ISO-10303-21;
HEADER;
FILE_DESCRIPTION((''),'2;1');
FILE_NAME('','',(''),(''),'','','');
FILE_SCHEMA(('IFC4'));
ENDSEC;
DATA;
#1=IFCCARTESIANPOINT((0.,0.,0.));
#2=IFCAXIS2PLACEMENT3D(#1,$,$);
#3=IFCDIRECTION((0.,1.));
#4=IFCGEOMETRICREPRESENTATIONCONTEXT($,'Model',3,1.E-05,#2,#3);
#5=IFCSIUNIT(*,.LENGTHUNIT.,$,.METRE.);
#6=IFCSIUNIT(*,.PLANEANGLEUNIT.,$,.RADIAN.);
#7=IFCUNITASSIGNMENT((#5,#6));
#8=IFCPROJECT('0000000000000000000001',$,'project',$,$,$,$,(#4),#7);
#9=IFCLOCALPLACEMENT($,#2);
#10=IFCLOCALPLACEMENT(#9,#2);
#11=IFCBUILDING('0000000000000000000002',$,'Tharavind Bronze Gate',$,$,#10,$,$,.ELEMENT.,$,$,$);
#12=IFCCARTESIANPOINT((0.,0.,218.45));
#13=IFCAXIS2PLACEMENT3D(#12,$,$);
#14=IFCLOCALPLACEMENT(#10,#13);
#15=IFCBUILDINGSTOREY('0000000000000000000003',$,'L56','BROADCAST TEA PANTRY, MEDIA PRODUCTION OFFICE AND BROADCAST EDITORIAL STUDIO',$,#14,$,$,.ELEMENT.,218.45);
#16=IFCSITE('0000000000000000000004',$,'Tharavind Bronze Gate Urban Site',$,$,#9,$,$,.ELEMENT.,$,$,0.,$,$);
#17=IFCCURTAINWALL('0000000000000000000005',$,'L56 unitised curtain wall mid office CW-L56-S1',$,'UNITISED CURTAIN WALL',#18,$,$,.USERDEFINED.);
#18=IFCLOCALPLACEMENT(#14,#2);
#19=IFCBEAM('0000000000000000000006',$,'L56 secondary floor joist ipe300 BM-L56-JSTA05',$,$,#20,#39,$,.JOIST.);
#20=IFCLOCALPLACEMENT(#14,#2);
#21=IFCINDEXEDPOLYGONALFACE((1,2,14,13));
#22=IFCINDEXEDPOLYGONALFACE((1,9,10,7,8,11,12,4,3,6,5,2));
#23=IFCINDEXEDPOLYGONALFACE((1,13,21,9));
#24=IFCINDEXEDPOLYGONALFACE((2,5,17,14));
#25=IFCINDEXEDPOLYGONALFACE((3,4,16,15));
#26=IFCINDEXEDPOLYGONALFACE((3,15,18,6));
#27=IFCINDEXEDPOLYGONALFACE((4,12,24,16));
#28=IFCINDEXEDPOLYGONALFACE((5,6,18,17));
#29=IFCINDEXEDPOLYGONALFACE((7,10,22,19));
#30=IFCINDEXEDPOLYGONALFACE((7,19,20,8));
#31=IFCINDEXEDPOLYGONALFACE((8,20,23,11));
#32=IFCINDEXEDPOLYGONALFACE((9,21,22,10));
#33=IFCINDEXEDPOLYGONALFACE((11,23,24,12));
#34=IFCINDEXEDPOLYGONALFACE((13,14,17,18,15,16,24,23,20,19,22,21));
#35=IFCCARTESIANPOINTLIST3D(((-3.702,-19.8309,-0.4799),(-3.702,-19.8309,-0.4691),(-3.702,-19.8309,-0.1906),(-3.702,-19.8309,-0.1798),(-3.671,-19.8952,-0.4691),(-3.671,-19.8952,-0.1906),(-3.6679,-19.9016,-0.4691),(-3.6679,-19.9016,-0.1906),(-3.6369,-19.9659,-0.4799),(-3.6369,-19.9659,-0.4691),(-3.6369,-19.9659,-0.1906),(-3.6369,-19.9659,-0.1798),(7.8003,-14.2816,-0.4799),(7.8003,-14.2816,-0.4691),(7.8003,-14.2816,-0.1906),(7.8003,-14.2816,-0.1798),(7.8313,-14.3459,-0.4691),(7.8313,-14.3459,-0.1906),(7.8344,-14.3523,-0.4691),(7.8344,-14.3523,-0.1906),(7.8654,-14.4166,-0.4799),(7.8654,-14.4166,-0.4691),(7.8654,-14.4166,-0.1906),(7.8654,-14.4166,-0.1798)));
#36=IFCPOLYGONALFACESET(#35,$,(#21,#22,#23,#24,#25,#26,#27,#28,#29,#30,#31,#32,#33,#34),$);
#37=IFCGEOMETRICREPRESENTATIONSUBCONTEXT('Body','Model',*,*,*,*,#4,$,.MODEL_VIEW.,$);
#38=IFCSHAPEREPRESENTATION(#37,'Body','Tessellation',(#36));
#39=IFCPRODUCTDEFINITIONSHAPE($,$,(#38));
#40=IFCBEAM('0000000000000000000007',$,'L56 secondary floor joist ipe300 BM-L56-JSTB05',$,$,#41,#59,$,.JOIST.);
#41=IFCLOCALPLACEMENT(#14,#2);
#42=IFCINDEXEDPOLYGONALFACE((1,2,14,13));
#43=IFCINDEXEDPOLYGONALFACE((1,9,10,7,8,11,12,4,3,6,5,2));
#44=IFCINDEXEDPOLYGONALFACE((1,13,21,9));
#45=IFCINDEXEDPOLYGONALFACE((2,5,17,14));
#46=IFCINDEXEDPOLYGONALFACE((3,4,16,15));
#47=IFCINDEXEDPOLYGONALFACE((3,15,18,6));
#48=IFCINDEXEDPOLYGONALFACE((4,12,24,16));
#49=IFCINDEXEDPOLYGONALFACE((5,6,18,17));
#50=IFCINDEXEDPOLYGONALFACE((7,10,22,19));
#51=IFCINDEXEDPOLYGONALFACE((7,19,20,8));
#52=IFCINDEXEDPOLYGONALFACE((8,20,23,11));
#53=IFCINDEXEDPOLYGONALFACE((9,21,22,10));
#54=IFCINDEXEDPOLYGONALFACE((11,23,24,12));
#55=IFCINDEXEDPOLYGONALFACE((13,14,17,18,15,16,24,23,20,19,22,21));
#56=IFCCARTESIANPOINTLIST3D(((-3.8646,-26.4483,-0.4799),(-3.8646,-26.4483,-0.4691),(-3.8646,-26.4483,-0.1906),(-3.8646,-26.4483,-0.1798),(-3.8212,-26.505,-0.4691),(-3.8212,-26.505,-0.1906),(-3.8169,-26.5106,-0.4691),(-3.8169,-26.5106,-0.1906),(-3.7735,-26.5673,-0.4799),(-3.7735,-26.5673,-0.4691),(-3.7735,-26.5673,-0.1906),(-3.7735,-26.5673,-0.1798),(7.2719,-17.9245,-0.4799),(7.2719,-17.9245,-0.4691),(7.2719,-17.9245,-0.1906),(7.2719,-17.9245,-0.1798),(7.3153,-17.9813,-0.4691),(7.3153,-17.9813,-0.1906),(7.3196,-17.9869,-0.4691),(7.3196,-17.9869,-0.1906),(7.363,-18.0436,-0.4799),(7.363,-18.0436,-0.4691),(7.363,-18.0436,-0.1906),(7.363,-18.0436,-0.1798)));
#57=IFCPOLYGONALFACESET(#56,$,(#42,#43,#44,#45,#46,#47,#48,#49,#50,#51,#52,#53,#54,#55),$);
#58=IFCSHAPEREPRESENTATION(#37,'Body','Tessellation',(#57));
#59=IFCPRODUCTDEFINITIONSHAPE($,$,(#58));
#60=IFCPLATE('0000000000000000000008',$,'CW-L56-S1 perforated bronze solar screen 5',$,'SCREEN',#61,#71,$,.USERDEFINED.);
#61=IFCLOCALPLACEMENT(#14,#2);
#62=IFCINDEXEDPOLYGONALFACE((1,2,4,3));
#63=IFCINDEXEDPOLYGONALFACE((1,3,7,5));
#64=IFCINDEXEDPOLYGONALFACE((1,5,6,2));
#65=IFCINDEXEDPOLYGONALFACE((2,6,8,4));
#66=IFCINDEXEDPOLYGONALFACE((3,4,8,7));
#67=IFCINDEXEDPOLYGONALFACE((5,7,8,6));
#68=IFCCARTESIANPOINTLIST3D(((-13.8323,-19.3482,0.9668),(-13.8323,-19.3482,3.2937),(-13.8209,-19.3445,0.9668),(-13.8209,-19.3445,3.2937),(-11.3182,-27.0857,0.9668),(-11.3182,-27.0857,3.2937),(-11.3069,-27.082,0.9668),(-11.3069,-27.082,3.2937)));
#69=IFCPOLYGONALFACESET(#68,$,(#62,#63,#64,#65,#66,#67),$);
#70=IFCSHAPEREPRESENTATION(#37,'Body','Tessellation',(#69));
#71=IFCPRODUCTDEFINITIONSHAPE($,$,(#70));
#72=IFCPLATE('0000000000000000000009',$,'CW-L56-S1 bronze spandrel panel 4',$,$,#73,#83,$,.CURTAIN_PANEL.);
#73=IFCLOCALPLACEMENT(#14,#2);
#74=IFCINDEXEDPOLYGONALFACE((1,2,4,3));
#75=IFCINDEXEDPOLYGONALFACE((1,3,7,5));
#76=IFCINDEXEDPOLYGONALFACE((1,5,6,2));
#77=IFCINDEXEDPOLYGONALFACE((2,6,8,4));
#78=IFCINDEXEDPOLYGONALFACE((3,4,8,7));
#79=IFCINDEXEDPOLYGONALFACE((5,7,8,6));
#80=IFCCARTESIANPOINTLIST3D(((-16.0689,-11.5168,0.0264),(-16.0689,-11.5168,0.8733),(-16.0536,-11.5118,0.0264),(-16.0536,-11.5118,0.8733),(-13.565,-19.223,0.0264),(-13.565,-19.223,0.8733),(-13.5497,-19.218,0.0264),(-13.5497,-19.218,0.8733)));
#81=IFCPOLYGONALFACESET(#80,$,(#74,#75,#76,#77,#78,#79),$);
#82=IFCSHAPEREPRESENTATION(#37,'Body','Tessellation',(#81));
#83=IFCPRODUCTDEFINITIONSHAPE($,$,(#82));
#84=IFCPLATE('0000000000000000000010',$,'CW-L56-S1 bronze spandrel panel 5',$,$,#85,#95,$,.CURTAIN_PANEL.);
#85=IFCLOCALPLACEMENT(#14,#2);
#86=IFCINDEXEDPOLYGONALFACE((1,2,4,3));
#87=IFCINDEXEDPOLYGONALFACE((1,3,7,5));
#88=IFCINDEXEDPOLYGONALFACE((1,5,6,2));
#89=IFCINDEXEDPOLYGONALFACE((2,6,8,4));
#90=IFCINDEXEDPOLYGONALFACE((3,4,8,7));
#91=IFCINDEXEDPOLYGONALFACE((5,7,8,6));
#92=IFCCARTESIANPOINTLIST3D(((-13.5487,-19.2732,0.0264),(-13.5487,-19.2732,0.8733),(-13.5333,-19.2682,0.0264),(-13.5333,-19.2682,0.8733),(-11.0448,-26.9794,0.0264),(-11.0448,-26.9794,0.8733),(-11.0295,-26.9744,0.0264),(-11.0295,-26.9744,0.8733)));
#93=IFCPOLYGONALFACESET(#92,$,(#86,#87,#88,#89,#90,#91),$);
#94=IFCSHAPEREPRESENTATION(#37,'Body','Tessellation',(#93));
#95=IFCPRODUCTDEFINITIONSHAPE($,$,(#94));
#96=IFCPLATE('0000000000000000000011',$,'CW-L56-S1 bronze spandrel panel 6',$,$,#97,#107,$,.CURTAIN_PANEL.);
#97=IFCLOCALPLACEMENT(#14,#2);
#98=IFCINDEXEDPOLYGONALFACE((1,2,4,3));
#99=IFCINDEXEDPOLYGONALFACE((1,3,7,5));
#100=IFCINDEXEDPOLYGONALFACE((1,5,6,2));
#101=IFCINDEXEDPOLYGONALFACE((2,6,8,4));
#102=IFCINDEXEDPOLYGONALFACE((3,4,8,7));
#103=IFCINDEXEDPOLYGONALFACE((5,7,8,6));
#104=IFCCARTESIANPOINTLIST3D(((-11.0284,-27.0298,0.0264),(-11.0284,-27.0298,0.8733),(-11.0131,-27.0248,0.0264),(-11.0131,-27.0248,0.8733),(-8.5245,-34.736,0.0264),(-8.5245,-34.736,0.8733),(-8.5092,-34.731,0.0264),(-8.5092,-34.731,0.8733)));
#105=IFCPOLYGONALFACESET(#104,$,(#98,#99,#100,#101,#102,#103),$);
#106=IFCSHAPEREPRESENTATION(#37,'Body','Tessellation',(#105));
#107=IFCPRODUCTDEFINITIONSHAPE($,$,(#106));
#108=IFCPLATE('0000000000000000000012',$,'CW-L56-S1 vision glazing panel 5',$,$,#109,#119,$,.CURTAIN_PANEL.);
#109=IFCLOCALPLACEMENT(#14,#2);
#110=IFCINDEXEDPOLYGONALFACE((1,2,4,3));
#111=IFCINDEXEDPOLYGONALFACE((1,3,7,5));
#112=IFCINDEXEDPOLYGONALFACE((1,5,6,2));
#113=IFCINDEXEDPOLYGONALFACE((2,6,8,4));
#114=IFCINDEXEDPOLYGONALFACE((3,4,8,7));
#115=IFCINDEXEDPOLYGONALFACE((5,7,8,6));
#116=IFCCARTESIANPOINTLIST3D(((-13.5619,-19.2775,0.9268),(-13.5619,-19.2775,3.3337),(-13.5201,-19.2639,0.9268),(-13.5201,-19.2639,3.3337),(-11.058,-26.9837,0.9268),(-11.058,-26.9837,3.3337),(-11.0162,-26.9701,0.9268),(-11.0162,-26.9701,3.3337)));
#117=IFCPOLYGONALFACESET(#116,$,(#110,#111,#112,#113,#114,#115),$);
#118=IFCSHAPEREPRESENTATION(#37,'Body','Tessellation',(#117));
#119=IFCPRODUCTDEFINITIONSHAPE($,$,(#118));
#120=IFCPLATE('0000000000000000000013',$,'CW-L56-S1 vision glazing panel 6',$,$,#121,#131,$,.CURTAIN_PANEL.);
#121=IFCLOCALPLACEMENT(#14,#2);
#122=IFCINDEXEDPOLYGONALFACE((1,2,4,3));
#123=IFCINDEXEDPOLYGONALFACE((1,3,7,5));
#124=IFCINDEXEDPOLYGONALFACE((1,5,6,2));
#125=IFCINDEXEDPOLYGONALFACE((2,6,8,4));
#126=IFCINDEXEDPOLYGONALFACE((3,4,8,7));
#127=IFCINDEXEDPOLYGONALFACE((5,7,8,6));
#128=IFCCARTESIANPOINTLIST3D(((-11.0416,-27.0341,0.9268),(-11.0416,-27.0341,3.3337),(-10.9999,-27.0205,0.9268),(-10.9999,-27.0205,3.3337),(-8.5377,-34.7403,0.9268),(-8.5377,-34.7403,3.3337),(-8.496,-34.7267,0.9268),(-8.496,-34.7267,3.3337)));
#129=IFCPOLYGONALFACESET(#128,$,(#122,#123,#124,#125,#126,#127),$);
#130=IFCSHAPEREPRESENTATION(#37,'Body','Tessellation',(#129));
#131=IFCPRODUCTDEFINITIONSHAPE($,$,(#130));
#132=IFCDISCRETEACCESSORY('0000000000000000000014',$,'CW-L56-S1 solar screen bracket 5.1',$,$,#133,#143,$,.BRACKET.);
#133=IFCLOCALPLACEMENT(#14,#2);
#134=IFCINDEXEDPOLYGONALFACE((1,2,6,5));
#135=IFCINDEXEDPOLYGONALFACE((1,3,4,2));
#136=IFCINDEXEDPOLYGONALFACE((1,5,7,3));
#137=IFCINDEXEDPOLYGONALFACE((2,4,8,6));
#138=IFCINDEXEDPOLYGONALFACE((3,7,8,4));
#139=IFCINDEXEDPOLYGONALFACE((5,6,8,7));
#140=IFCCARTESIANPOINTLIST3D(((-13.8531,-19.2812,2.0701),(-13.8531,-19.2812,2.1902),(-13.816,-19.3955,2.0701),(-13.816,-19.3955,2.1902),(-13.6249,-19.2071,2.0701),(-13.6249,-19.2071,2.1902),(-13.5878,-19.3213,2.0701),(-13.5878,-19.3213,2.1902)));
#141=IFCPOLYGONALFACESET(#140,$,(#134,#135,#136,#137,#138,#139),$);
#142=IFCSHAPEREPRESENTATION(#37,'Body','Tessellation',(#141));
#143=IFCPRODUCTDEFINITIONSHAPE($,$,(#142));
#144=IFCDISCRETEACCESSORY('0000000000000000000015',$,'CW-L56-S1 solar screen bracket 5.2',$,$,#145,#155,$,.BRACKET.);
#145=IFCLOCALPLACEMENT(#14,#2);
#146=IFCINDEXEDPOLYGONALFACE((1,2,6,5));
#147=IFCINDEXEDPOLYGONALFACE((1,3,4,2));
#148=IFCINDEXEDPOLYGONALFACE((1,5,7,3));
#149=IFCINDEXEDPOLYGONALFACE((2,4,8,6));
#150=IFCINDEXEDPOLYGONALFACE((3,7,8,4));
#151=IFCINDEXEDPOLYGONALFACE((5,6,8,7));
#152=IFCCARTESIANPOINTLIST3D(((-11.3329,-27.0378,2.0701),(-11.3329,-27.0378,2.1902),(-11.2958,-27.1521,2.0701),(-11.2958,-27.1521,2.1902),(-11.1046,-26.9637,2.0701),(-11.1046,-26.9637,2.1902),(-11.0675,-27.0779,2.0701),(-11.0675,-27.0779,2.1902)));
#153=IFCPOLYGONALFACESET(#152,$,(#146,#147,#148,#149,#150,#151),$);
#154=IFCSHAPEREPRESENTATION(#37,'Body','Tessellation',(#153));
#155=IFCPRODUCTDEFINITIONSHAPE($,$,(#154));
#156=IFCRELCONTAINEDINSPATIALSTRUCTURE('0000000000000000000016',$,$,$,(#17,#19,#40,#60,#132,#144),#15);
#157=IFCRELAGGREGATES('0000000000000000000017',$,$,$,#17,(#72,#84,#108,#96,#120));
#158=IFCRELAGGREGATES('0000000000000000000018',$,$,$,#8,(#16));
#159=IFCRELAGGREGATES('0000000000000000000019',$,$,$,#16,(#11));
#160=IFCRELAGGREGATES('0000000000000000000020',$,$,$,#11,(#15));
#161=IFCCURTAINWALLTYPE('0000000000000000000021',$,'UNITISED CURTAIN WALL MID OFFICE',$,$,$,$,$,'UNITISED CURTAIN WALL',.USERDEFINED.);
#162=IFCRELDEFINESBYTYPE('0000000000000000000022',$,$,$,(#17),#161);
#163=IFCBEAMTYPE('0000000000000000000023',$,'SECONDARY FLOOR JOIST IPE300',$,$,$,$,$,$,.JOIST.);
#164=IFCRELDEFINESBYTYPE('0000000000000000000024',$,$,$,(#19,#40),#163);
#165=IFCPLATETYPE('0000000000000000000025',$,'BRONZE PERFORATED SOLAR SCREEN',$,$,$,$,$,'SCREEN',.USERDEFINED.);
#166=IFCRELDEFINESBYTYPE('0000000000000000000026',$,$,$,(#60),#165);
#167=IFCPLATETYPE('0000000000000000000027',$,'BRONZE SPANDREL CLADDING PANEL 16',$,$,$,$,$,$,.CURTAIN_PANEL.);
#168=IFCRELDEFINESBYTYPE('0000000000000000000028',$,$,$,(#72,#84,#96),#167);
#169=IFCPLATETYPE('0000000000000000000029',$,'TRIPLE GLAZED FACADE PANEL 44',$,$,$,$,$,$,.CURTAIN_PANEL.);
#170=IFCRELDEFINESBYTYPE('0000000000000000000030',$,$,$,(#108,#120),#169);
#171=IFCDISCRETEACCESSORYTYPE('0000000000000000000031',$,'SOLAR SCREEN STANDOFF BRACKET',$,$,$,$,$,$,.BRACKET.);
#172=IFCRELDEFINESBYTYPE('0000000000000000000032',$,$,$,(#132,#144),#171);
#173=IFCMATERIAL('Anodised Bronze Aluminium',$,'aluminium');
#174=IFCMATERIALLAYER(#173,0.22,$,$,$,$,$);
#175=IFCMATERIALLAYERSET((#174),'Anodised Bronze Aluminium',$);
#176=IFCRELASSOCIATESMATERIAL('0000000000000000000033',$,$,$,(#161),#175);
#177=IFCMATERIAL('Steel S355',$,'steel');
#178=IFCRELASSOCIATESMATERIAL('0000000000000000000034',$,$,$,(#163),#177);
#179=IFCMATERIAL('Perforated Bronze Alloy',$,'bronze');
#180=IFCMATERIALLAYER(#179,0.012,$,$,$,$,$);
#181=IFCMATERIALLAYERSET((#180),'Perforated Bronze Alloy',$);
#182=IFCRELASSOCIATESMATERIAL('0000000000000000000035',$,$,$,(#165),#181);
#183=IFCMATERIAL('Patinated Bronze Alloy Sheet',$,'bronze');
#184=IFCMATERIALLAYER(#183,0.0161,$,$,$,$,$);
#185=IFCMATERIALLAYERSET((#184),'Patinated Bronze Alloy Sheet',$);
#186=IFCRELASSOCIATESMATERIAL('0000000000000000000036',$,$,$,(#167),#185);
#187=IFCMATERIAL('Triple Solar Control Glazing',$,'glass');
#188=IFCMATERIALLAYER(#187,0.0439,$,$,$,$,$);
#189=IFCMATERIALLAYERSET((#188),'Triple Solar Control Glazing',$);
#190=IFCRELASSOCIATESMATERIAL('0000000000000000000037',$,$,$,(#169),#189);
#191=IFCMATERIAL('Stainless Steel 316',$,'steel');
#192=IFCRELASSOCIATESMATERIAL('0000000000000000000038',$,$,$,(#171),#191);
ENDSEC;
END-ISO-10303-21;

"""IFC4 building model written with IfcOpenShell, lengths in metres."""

from ifc_helpers import new_model, si_unit, direction, frame, origin, origin_2d, place, context, subcontext, project, spatial, rectangle, i_section, extrude, material, layer, layer_set, material_profile, profile_set, type_object, element, aggregate, save


model = new_model("IFC4")

# Units and contexts
model_context = context("Model", 3, precision=1e-05, world=origin(), true_north=direction((0.0, 1.0)))
body_context = subcontext(model_context, "Body", "Model", "MODEL_VIEW")
ifc_project = project(units=[si_unit("LENGTHUNIT", "METRE"), si_unit("PLANEANGLEUNIT", "RADIAN")], contexts=[model_context])

# Site, building, storey
site_placement = place(None, origin())
site = spatial("IfcSite", under=ifc_project, at=site_placement, Name="Tharavind Bronze Gate Urban Site", CompositionType="ELEMENT", RefElevation=0.0)
building_placement = place(site_placement, origin())
building = spatial("IfcBuilding", under=site, at=building_placement, Name="Tharavind Bronze Gate", CompositionType="ELEMENT")
storey_placement = place(building_placement, frame((0.0, 0.0, 218.45)))
storey = spatial("IfcBuildingStorey", under=building, at=storey_placement, Name="L56", Description="BROADCAST TEA PANTRY, MEDIA PRODUCTION OFFICE AND BROADCAST EDITORIAL STUDIO", CompositionType="ELEMENT", Elevation=218.45)

# Curtain wall
ifc_material_1 = material(Name="Anodised Bronze Aluminium", Category="aluminium")
ifc_layer_1 = layer(ifc_material_1, 0.22)
ifc_layer_set_1 = layer_set([ifc_layer_1], Name="Anodised Bronze Aluminium")
curtain_wall_type = type_object("IfcCurtainWallType", Name="UNITISED CURTAIN WALL MID OFFICE", ElementType="UNITISED CURTAIN WALL", PredefinedType="USERDEFINED", material=ifc_layer_set_1)
curtain_wall_placement = place(storey_placement, origin())
curtain_wall = element("IfcCurtainWall", 1, at=curtain_wall_placement, inside=storey, type_object=curtain_wall_type, Name="L56 unitised curtain wall mid office CW-L56-S1", ObjectType="UNITISED CURTAIN WALL", PredefinedType="USERDEFINED")

# Beams
ifc_material_2 = material(Name="Steel S355", Category="steel")
ifc_material_profile_1 = material_profile(ifc_material_2, i_section(OverallWidth=0.1499, OverallDepth=0.3, WebThickness=0.0071, FlangeThickness=0.0107, at=origin_2d()), Name="IPE300")
ifc_profile_set_1 = profile_set([ifc_material_profile_1], Name="Steel S355")
beam_type_1 = type_object("IfcBeamType", Name="SECONDARY FLOOR JOIST IPE300", PredefinedType="JOIST", material=ifc_profile_set_1)
beam_1_placement = place(storey_placement, frame((-3.6694, -19.8984, -0.3298), z_axis=(0.900658, 0.434529, 0.0), x_axis=(-0.434529, 0.900658, 0.0)))
element("IfcBeam", 2, at=beam_1_placement, inside=storey, type_object=beam_type_1, Name="L56 secondary floor joist ipe300 BM-L56-JSTA05", PredefinedType="JOIST", context=body_context, shape_type="SweptSolid", body=[
    extrude(i_section(OverallWidth=0.1499, OverallDepth=0.3, WebThickness=0.0071, FlangeThickness=0.0107, at=origin_2d()), origin(), (0.0, 0.0, 1.0), 12.771),
])
beam_2_placement = place(storey_placement, frame((-3.8191, -26.5078, -0.3298), z_axis=(0.794098, 0.60779, 0.0), x_axis=(-0.60779, 0.794098, 0.0)))
element("IfcBeam", 3, at=beam_2_placement, inside=storey, type_object=beam_type_1, Name="L56 secondary floor joist ipe300 BM-L56-JSTB05", PredefinedType="JOIST", context=body_context, shape_type="SweptSolid", body=[
    extrude(i_section(OverallWidth=0.1499, OverallDepth=0.3, WebThickness=0.0071, FlangeThickness=0.0107, at=origin_2d()), origin(), (0.0, 0.0, 1.0), 14.0242),
])

# Plates
ifc_material_3 = material(Name="Perforated Bronze Alloy", Category="bronze")
ifc_layer_2 = layer(ifc_material_3, 0.012)
ifc_layer_set_2 = layer_set([ifc_layer_2], Name="Perforated Bronze Alloy")
plate_type_1 = type_object("IfcPlateType", Name="BRONZE PERFORATED SOLAR SCREEN", ElementType="SCREEN", PredefinedType="USERDEFINED", material=ifc_layer_set_2)
plate_1_placement = place(storey_placement, frame((-12.5696, -23.2151, 0.9668), z_axis=(0.0, 0.0, 1.0), x_axis=(0.309017, -0.951057, 0.0)))
element("IfcPlate", 4, at=plate_1_placement, inside=storey, type_object=plate_type_1, Name="CW-L56-S1 perforated bronze solar screen 5", ObjectType="SCREEN", PredefinedType="USERDEFINED", context=body_context, shape_type="SweptSolid", body=[
    extrude(rectangle(XDim=8.1357, YDim=0.012, at=origin_2d()), origin(), (0.0, 0.0, 1.0), 2.3269),
])
ifc_material_4 = material(Name="Patinated Bronze Alloy Sheet", Category="bronze")
ifc_layer_3 = layer(ifc_material_4, 0.0161)
ifc_layer_set_3 = layer_set([ifc_layer_3], Name="Patinated Bronze Alloy Sheet")
plate_type_2 = type_object("IfcPlateType", Name="BRONZE SPANDREL CLADDING PANEL 16", PredefinedType="CURTAIN_PANEL", material=ifc_layer_set_3)
plate_2_placement = place(storey_placement, frame((-14.8093, -15.3674, 0.0264), z_axis=(0.0, 0.0, 1.0), x_axis=(0.309017, -0.951057, 0.0)))
plate_2 = element("IfcPlate", 5, at=plate_2_placement, type_object=plate_type_2, Name="CW-L56-S1 bronze spandrel panel 4", PredefinedType="CURTAIN_PANEL", context=body_context, shape_type="SweptSolid", body=[
    extrude(rectangle(XDim=8.1028, YDim=0.0161, at=origin_2d()), origin(), (0.0, 0.0, 1.0), 0.8469),
])
plate_3_placement = place(storey_placement, frame((-12.2891, -23.1238, 0.0264), z_axis=(0.0, 0.0, 1.0), x_axis=(0.309017, -0.951057, 0.0)))
plate_3 = element("IfcPlate", 6, at=plate_3_placement, type_object=plate_type_2, Name="CW-L56-S1 bronze spandrel panel 5", PredefinedType="CURTAIN_PANEL", context=body_context, shape_type="SweptSolid", body=[
    extrude(rectangle(XDim=8.1028, YDim=0.0161, at=origin_2d()), origin(), (0.0, 0.0, 1.0), 0.8469),
])
plate_4_placement = place(storey_placement, frame((-9.7688, -30.8804, 0.0264), z_axis=(0.0, 0.0, 1.0), x_axis=(0.309017, -0.951057, 0.0)))
plate_4 = element("IfcPlate", 7, at=plate_4_placement, type_object=plate_type_2, Name="CW-L56-S1 bronze spandrel panel 6", PredefinedType="CURTAIN_PANEL", context=body_context, shape_type="SweptSolid", body=[
    extrude(rectangle(XDim=8.1028, YDim=0.0161, at=origin_2d()), origin(), (0.0, 0.0, 1.0), 0.8469),
])
ifc_material_5 = material(Name="Triple Solar Control Glazing", Category="glass")
ifc_layer_4 = layer(ifc_material_5, 0.0439)
ifc_layer_set_4 = layer_set([ifc_layer_4], Name="Triple Solar Control Glazing")
plate_type_3 = type_object("IfcPlateType", Name="TRIPLE GLAZED FACADE PANEL 44", PredefinedType="CURTAIN_PANEL", material=ifc_layer_set_4)
plate_5_placement = place(storey_placement, frame((-12.2891, -23.1238, 0.9268), z_axis=(0.0, 0.0, 1.0), x_axis=(0.309017, -0.951057, 0.0)))
plate_5 = element("IfcPlate", 8, at=plate_5_placement, type_object=plate_type_3, Name="CW-L56-S1 vision glazing panel 5", PredefinedType="CURTAIN_PANEL", context=body_context, shape_type="SweptSolid", body=[
    extrude(rectangle(XDim=8.1028, YDim=0.0439, at=origin_2d()), origin(), (0.0, 0.0, 1.0), 2.407),
])
plate_6_placement = place(storey_placement, frame((-9.7688, -30.8804, 0.9268), z_axis=(0.0, 0.0, 1.0), x_axis=(0.309017, -0.951057, 0.0)))
plate_6 = element("IfcPlate", 9, at=plate_6_placement, type_object=plate_type_3, Name="CW-L56-S1 vision glazing panel 6", PredefinedType="CURTAIN_PANEL", context=body_context, shape_type="SweptSolid", body=[
    extrude(rectangle(XDim=8.1028, YDim=0.0439, at=origin_2d()), origin(), (0.0, 0.0, 1.0), 2.407),
])
aggregate(curtain_wall, [plate_2, plate_3, plate_5, plate_4, plate_6])

# Discrete accessories
ifc_material_6 = material(Name="Stainless Steel 316", Category="steel")
discrete_accessory_type = type_object("IfcDiscreteAccessoryType", Name="SOLAR SCREEN STANDOFF BRACKET", PredefinedType="BRACKET", material=ifc_material_6)
for number, where, z_axis, x_axis, name in (
    (10, (-13.7205, -19.3013, 2.0701), (0.0, 0.0, 1.0), (0.309017, -0.951057, 0.0), "CW-L56-S1 solar screen bracket 5.1"),
    (11, (-11.2002, -27.0579, 2.0701), (0.0, 0.0, 1.0), (0.309017, -0.951057, 0.0), "CW-L56-S1 solar screen bracket 5.2"),
):
    element("IfcDiscreteAccessory", number, at=place(storey_placement, frame(where, z_axis=z_axis, x_axis=x_axis)), inside=storey, type_object=discrete_accessory_type, Name=name, PredefinedType="BRACKET", context=body_context, shape_type="SweptSolid", body=[
        extrude(rectangle(XDim=0.1201, YDim=0.24, at=origin_2d()), origin(), (0.0, 0.0, 1.0), 0.1201),
    ])

save(model, "model.ifc")
